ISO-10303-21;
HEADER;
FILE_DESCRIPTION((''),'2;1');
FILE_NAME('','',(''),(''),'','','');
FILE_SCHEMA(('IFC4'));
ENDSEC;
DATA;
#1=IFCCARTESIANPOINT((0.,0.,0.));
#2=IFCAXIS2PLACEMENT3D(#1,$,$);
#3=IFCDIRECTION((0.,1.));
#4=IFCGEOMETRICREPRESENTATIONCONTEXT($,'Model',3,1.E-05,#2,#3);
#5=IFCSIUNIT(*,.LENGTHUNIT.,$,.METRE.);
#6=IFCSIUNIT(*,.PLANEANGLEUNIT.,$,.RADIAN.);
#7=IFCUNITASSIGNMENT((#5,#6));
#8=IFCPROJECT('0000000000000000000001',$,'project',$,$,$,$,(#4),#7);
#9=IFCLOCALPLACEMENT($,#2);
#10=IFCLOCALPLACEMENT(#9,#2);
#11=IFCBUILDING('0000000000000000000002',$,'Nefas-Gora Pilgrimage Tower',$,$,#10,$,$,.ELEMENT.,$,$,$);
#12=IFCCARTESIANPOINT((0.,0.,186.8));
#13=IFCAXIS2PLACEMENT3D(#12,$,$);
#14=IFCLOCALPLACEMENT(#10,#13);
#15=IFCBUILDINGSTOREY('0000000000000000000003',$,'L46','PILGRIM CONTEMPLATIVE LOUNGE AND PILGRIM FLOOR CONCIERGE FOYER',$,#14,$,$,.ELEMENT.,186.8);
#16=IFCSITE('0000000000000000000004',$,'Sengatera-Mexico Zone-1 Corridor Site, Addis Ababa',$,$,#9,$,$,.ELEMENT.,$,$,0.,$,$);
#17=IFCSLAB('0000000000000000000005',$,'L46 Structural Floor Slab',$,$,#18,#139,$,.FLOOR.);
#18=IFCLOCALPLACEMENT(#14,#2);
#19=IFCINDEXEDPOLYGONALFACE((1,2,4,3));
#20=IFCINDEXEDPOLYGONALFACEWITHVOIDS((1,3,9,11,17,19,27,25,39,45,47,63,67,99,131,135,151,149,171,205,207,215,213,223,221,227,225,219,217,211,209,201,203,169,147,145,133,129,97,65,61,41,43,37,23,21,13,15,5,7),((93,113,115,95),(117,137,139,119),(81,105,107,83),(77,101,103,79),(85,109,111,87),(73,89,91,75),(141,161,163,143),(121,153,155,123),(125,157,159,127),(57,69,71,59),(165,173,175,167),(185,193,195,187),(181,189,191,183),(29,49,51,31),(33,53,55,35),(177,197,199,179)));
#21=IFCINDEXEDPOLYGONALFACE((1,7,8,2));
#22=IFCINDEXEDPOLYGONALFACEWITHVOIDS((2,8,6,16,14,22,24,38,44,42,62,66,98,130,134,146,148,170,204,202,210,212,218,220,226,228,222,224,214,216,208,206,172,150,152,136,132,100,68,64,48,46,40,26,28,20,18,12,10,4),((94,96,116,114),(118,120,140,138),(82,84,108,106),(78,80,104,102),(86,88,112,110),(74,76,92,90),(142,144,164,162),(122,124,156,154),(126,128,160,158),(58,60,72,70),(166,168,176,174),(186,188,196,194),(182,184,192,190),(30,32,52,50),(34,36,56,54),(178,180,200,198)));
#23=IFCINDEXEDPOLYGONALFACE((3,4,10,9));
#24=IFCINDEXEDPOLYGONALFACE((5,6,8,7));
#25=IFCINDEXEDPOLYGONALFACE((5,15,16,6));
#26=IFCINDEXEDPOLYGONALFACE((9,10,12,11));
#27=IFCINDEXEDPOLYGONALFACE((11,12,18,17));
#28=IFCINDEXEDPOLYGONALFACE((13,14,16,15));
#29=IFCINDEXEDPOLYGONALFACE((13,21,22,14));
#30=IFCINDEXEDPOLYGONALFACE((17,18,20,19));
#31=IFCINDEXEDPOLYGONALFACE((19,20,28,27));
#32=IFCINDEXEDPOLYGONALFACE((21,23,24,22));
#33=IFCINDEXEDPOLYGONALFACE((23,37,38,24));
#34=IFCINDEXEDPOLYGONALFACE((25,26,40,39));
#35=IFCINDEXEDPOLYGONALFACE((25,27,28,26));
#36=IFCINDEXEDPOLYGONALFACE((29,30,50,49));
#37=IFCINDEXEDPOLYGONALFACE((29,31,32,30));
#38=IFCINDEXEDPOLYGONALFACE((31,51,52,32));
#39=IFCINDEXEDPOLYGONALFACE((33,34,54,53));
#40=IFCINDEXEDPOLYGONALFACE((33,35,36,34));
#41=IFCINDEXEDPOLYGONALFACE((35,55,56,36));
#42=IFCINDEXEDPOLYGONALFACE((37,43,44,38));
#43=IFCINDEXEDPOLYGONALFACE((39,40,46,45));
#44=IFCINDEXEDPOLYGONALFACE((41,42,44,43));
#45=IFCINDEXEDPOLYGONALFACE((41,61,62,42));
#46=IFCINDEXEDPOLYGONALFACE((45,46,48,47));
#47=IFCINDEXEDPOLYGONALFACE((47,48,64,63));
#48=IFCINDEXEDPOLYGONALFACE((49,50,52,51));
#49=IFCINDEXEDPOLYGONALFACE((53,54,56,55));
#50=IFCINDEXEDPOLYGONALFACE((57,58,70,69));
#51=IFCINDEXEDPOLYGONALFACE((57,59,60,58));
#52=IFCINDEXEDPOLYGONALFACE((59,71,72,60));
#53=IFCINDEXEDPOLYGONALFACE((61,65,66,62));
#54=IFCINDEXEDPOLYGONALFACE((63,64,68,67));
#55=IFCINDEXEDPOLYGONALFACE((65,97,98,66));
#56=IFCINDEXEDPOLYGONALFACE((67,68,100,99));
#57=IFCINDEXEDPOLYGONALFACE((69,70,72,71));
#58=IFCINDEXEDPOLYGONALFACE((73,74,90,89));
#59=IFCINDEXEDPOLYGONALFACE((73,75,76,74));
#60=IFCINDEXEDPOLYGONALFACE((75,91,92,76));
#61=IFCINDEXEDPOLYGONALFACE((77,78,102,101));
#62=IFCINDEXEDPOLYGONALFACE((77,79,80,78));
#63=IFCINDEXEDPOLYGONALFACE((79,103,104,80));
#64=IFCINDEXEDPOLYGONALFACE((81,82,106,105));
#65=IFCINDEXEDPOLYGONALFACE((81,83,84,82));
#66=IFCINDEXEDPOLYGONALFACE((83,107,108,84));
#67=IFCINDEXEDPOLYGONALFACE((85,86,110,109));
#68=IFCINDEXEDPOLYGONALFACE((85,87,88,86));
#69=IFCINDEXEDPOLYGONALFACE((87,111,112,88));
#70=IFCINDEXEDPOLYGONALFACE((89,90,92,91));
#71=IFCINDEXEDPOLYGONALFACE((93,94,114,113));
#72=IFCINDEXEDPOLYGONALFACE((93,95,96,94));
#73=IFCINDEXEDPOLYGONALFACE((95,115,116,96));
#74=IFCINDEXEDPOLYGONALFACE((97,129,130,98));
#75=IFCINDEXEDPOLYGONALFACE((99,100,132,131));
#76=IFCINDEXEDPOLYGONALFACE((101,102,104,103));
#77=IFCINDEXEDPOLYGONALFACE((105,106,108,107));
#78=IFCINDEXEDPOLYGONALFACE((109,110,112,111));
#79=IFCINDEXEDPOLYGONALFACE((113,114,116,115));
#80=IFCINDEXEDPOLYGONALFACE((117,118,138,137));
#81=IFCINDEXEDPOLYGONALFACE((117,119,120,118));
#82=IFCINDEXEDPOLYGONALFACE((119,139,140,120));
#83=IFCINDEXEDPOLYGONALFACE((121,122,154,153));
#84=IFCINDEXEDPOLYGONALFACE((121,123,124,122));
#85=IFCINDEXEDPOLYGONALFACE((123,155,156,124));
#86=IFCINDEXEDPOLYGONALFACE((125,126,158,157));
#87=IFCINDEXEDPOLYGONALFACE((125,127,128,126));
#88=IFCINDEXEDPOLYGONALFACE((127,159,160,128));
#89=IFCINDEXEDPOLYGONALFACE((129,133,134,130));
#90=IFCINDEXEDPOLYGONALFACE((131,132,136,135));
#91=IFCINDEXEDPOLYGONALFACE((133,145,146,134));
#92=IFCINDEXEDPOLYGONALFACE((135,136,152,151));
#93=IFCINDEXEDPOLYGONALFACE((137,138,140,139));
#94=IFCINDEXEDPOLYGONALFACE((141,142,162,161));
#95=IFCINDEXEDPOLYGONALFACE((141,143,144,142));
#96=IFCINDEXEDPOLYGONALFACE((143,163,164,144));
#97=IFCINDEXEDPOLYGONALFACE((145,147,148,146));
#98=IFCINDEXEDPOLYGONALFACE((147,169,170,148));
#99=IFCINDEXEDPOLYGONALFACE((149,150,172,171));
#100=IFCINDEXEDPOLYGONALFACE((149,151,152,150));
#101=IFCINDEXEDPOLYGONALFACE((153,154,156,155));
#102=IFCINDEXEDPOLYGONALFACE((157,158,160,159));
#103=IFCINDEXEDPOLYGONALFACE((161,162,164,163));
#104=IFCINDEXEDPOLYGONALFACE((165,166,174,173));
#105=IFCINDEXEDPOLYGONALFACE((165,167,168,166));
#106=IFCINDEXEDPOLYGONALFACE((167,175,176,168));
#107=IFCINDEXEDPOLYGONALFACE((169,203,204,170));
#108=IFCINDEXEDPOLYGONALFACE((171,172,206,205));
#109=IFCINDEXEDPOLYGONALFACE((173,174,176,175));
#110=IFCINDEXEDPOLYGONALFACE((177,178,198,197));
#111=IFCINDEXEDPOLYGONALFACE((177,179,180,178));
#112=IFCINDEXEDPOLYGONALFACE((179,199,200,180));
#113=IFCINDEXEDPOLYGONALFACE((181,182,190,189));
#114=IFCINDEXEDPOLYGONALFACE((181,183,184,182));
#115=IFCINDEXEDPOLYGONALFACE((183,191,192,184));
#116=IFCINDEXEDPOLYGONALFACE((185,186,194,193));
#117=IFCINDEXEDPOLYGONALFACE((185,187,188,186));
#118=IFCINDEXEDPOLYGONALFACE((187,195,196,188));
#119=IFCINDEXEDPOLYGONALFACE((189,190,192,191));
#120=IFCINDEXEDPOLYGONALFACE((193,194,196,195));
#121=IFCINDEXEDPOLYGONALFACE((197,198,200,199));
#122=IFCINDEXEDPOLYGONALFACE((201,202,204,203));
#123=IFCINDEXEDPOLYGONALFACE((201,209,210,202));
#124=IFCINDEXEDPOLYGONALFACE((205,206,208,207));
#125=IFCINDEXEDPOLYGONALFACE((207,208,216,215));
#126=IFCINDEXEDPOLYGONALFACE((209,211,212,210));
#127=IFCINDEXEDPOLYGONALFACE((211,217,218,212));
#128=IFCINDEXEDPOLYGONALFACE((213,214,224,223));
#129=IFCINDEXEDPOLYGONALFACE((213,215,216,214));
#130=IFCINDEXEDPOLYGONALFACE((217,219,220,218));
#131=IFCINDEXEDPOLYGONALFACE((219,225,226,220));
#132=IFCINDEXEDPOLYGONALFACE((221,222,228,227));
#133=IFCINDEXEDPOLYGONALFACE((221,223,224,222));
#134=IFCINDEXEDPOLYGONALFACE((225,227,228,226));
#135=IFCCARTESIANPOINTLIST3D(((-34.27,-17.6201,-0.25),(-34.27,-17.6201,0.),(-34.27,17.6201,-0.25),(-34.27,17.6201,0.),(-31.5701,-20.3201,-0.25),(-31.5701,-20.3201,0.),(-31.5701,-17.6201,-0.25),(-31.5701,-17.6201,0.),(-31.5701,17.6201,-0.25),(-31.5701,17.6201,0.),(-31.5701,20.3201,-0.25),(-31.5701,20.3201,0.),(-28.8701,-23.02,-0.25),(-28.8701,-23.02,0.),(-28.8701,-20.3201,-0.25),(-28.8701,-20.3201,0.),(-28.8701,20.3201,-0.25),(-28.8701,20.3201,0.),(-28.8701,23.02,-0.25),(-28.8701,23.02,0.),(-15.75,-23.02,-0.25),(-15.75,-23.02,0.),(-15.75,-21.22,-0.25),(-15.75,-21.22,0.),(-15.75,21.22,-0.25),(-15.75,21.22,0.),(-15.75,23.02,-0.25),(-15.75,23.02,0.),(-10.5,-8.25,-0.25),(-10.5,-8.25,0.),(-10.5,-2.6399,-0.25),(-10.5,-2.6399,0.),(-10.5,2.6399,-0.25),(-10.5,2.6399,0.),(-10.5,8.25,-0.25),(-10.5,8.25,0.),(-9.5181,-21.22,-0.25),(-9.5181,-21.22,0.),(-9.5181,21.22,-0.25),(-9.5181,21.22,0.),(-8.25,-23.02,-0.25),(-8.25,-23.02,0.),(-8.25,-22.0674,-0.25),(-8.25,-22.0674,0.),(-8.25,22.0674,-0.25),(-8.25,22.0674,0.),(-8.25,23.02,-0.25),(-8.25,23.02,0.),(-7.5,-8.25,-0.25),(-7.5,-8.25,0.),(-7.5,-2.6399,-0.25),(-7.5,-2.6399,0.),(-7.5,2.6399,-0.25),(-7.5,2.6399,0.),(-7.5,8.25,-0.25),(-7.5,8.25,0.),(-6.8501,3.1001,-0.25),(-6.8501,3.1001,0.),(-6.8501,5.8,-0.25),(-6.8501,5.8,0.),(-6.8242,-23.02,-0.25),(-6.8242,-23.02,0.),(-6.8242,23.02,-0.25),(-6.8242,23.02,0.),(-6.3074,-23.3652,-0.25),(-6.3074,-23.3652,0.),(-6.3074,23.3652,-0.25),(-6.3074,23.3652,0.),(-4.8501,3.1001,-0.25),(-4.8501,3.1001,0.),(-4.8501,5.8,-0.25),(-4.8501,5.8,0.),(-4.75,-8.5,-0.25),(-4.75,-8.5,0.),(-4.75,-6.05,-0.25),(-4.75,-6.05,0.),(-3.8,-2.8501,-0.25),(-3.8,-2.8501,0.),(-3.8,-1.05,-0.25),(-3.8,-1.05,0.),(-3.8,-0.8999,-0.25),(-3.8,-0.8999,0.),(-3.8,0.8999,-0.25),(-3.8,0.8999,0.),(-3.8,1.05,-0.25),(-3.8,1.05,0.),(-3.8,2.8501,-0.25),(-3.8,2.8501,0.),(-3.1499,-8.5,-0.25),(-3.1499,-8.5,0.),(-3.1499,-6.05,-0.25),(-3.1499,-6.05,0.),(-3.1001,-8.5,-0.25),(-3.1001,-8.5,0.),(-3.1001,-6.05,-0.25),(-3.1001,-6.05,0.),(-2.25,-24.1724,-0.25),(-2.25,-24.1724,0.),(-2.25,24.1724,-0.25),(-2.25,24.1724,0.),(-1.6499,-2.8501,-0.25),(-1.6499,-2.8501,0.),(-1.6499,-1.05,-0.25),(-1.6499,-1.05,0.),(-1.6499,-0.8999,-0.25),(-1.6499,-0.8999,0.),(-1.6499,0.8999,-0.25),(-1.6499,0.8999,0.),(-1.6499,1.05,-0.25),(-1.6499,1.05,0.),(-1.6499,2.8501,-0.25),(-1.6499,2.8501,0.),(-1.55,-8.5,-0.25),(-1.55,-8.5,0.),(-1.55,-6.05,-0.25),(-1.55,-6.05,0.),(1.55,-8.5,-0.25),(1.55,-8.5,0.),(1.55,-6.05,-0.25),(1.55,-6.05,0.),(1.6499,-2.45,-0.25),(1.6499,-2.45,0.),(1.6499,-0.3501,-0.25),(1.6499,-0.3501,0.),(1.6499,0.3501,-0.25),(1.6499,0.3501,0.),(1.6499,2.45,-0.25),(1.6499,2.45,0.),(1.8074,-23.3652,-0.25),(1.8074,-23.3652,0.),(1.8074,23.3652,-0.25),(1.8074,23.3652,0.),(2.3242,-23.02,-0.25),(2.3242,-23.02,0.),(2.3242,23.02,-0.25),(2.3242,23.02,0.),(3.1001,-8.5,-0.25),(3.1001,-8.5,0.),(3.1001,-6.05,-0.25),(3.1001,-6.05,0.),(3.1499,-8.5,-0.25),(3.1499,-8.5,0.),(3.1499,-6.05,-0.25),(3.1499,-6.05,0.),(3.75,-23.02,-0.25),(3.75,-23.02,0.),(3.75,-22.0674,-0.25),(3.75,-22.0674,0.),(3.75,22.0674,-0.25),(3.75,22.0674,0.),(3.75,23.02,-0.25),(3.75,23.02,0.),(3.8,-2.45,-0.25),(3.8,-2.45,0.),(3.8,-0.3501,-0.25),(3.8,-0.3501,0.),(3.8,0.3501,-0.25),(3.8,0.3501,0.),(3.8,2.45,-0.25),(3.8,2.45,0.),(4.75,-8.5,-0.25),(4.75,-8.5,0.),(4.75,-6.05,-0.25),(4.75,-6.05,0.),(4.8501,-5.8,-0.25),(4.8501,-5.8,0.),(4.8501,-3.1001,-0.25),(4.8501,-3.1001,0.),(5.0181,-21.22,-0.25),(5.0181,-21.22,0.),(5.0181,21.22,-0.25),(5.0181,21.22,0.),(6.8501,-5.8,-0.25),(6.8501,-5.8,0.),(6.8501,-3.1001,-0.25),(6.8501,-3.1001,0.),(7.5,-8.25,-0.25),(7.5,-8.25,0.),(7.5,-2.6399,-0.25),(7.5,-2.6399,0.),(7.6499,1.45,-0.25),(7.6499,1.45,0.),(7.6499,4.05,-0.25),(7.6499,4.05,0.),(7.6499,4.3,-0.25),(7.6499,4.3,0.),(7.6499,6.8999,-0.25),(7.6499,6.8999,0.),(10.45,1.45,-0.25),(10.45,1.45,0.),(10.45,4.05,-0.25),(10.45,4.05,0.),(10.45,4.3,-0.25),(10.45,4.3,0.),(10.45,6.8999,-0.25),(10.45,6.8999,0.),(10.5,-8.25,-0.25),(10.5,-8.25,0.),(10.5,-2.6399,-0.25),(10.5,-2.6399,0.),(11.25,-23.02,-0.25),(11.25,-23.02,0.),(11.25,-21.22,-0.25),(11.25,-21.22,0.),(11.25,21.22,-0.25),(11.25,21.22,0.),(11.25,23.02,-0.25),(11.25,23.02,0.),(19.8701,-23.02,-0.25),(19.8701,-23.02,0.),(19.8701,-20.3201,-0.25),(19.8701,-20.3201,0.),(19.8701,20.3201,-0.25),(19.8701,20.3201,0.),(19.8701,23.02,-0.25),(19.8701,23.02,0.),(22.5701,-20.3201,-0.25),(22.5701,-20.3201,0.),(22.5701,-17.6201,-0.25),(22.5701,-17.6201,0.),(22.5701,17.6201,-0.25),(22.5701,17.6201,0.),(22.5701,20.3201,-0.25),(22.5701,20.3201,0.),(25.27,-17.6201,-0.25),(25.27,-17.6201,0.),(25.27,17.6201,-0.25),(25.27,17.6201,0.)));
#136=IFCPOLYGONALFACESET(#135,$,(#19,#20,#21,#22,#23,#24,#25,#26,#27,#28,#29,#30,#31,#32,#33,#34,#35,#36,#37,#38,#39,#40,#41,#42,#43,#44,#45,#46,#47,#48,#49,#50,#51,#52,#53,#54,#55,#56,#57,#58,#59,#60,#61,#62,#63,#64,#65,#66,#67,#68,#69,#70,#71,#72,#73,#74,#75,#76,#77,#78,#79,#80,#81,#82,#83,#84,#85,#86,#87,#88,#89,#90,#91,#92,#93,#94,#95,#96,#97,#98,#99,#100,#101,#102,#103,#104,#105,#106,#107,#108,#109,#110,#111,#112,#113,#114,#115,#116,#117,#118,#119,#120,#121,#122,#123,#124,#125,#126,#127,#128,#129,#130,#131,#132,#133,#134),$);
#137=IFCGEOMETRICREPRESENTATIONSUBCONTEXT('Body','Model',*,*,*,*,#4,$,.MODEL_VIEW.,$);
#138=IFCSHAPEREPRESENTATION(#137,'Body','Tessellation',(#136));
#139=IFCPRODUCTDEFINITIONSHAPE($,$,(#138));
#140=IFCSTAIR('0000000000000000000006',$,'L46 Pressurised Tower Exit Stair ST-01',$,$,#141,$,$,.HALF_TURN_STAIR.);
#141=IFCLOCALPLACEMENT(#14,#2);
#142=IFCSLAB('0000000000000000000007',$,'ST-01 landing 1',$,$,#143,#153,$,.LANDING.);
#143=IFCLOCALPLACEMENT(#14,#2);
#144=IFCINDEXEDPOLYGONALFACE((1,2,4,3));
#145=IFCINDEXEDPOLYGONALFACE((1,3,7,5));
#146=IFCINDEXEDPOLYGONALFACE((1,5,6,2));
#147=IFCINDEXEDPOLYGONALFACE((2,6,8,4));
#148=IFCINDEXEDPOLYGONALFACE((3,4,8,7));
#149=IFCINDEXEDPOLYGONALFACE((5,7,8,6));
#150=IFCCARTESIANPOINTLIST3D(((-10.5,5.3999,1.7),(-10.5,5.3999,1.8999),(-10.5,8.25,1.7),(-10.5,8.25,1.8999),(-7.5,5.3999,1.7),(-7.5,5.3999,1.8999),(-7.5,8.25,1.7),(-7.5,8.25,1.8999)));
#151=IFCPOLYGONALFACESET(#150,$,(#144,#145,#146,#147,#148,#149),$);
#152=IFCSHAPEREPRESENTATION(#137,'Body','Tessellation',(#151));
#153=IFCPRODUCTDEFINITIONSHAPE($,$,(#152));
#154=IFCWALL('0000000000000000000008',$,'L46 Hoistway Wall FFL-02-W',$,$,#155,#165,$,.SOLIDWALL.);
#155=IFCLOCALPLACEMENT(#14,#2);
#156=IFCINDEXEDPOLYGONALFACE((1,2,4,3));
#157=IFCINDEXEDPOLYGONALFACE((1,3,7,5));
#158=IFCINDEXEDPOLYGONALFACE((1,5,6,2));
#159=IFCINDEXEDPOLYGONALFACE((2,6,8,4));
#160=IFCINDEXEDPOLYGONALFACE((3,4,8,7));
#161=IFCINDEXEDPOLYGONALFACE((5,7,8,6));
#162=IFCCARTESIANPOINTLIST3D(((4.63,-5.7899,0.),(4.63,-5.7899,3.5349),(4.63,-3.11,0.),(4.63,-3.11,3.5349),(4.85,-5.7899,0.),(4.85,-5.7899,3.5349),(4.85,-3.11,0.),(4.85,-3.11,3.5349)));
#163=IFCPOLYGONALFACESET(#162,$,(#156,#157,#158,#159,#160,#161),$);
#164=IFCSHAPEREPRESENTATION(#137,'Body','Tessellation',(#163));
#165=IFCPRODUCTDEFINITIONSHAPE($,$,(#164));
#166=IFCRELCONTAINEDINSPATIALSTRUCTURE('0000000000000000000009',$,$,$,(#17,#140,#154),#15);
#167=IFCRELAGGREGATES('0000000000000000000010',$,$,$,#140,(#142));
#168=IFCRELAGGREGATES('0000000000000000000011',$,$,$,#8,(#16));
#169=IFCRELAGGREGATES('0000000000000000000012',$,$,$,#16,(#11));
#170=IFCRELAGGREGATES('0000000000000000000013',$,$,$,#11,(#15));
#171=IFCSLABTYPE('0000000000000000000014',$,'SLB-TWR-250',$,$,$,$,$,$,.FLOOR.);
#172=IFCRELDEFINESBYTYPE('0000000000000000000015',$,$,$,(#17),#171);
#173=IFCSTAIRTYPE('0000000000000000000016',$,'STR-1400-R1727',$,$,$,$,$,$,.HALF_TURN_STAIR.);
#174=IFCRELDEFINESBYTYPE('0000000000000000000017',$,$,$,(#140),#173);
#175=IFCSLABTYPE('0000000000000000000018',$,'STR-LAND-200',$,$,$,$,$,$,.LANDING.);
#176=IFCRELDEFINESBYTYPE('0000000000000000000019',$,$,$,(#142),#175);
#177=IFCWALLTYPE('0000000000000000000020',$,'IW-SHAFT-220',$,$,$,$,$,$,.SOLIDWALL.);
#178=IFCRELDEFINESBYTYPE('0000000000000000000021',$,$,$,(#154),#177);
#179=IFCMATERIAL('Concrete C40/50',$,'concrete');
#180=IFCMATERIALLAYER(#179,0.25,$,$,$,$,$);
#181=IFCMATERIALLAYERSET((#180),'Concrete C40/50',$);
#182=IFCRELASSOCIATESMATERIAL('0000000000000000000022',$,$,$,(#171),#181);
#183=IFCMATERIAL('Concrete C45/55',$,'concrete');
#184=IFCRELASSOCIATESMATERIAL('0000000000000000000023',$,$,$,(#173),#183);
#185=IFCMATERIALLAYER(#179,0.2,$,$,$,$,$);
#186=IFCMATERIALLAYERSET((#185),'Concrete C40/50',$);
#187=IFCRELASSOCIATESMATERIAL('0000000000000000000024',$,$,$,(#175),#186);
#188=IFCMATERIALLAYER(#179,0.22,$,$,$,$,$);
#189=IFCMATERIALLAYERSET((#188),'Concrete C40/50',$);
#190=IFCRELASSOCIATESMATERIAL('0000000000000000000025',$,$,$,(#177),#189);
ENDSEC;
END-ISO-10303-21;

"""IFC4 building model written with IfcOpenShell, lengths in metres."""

from ifc_helpers import new_model, si_unit, direction, frame, frame_2d, origin, place, context, subcontext, project, spatial, polyline, rectangle, outline, extrude, source, transform, mapped, material, layer, layer_set, type_object, element, aggregate, save


model = new_model("IFC4")

# Units and contexts
model_context = context("Model", 3, precision=1e-05, world=origin(), true_north=direction((0.0, 1.0)))
body_context = subcontext(model_context, "Body", "Model", "MODEL_VIEW")
ifc_project = project(units=[si_unit("LENGTHUNIT", "METRE"), si_unit("PLANEANGLEUNIT", "RADIAN")], contexts=[model_context])

# Site, building, storey
site_placement = place(None, origin())
site = spatial("IfcSite", under=ifc_project, at=site_placement, Name="Sengatera-Mexico Zone-1 Corridor Site, Addis Ababa", CompositionType="ELEMENT", RefElevation=0.0)
building_placement = place(site_placement, origin())
building = spatial("IfcBuilding", under=site, at=building_placement, Name="Nefas-Gora Pilgrimage Tower", CompositionType="ELEMENT")
storey_placement = place(building_placement, frame((0.0, 0.0, 186.8)))
storey = spatial("IfcBuildingStorey", under=building, at=storey_placement, Name="L46", Description="PILGRIM CONTEMPLATIVE LOUNGE AND PILGRIM FLOOR CONCIERGE FOYER", CompositionType="ELEMENT", Elevation=186.8)

# Slab
ifc_material_1 = material(Name="Concrete C40/50", Category="concrete")
ifc_layer_1 = layer(ifc_material_1, 0.25)
ifc_layer_set_1 = layer_set([ifc_layer_1], Name="Concrete C40/50")
slab_type_1 = type_object("IfcSlabType", Name="SLB-TWR-250", PredefinedType="FLOOR", material=ifc_layer_set_1)
slab_1_placement = place(storey_placement, frame((0.0, 0.0, -0.25)))
element("IfcSlab", 1, at=slab_1_placement, inside=storey, type_object=slab_type_1, Name="L46 Structural Floor Slab", PredefinedType="FLOOR", context=body_context, shape_type="SweptSolid", body=[
    extrude(outline(polyline([(5.0181, -21.22), (11.25, -21.22), (11.25, -23.02), (19.8701, -23.02), (19.8701, -20.3201), (22.5701, -20.3201), (22.5701, -17.6201), (25.27, -17.6201), (25.27, 17.6201), (22.5701, 17.6201), (22.5701, 20.3201), (19.8701, 20.3201), (19.8701, 23.02), (11.25, 23.02), (11.25, 21.22), (5.0181, 21.22), (3.75, 22.0674), (3.75, 23.02), (2.3242, 23.02), (1.8074, 23.3652), (-2.25, 24.1724), (-6.3074, 23.3652), (-6.8242, 23.02), (-8.25, 23.02), (-8.25, 22.0674), (-9.5181, 21.22), (-15.75, 21.22), (-15.75, 23.02), (-28.8701, 23.02), (-28.8701, 20.3201), (-31.5701, 20.3201), (-31.5701, 17.6201), (-34.27, 17.6201), (-34.27, -17.6201), (-31.5701, -17.6201), (-31.5701, -20.3201), (-28.8701, -20.3201), (-28.8701, -23.02), (-15.75, -23.02), (-15.75, -21.22), (-9.5181, -21.22), (-8.25, -22.0674), (-8.25, -23.02), (-6.8242, -23.02), (-6.3074, -23.3652), (-2.25, -24.1724), (1.8074, -23.3652), (2.3242, -23.02), (3.75, -23.02), (3.75, -22.0674), (5.0181, -21.22)]), holes=[polyline([(-10.5, 2.6399), (-10.5, 8.25), (-7.5, 8.25), (-7.5, 2.6399), (-10.5, 2.6399)]), polyline([(10.5, -2.6399), (10.5, -8.25), (7.5, -8.25), (7.5, -2.6399), (10.5, -2.6399)]), polyline([(-7.5, -2.6399), (-7.5, -8.25), (-10.5, -8.25), (-10.5, -2.6399), (-7.5, -2.6399)]), polyline([(-6.8501, 5.8), (-4.8501, 5.8), (-4.8501, 3.1001), (-6.8501, 3.1001), (-6.8501, 5.8)]), polyline([(4.8501, -3.1001), (6.8501, -3.1001), (6.8501, -5.8), (4.8501, -5.8), (4.8501, -3.1001)]), polyline([(7.6499, 4.05), (10.45, 4.05), (10.45, 1.45), (7.6499, 1.45), (7.6499, 4.05)]), polyline([(7.6499, 6.8999), (10.45, 6.8999), (10.45, 4.3), (7.6499, 4.3), (7.6499, 6.8999)]), polyline([(-4.75, -6.05), (-3.1499, -6.05), (-3.1499, -8.5), (-4.75, -8.5), (-4.75, -6.05)]), polyline([(-3.1001, -6.05), (-1.55, -6.05), (-1.55, -8.5), (-3.1001, -8.5), (-3.1001, -6.05)]), polyline([(1.55, -6.05), (3.1001, -6.05), (3.1001, -8.5), (1.55, -8.5), (1.55, -6.05)]), polyline([(3.1499, -6.05), (4.75, -6.05), (4.75, -8.5), (3.1499, -8.5), (3.1499, -6.05)]), polyline([(-3.8, -1.05), (-1.6499, -1.05), (-1.6499, -2.8501), (-3.8, -2.8501), (-3.8, -1.05)]), polyline([(-3.8, 0.8999), (-1.6499, 0.8999), (-1.6499, -0.8999), (-3.8, -0.8999), (-3.8, 0.8999)]), polyline([(-3.8, 2.8501), (-1.6499, 2.8501), (-1.6499, 1.05), (-3.8, 1.05), (-3.8, 2.8501)]), polyline([(1.6499, -0.3501), (3.8, -0.3501), (3.8, -2.45), (1.6499, -2.45), (1.6499, -0.3501)]), polyline([(1.6499, 2.45), (3.8, 2.45), (3.8, 0.3501), (1.6499, 0.3501), (1.6499, 2.45)])]), origin(), (0.0, 0.0, 1.0), 0.25),
])

# Stair, slab
ifc_material_2 = material(Name="Concrete C45/55", Category="concrete")
stair_type = type_object("IfcStairType", Name="STR-1400-R1727", PredefinedType="HALF_TURN_STAIR", material=ifc_material_2)
stair_placement = place(storey_placement, origin())
stair = element("IfcStair", 2, at=stair_placement, inside=storey, type_object=stair_type, Name="L46 Pressurised Tower Exit Stair ST-01", PredefinedType="HALF_TURN_STAIR")
ifc_layer_2 = layer(ifc_material_1, 0.2)
ifc_layer_set_2 = layer_set([ifc_layer_2], Name="Concrete C40/50")
slab_type_2 = type_object("IfcSlabType", Name="STR-LAND-200", PredefinedType="LANDING", material=ifc_layer_set_2)
slab_2_placement = place(storey_placement, frame((0.0, 0.0, 1.7)))
slab_2 = element("IfcSlab", 3, at=slab_2_placement, type_object=slab_type_2, Name="ST-01 landing 1", PredefinedType="LANDING", context=body_context, shape_type="SweptSolid", body=[
    extrude(outline(polyline([(-7.5, 5.3999), (-7.5, 8.25), (-10.5, 8.25), (-10.5, 5.3999), (-7.5, 5.3999)])), origin(), (0.0, 0.0, 1.0), 0.2),
])
aggregate(stair, [slab_2])

# Wall
ifc_layer_3 = layer(ifc_material_1, 0.22)
ifc_layer_set_3 = layer_set([ifc_layer_3], Name="Concrete C40/50")
wall_type_1 = type_object("IfcWallType", Name="IW-SHAFT-220", PredefinedType="SOLIDWALL", material=ifc_layer_set_3)
shared_shape_1 = source(origin(), body_context, "Body", "SweptSolid", [
    extrude(rectangle(XDim=2.6799, YDim=0.22, at=frame_2d((1.3398, 0.0))), origin(), (0.0, 0.0, 1.0), 3.5349),
])
wall_1_placement = place(storey_placement, frame((4.74, -3.1101, 0.0), z_axis=(0.0, 0.0, 1.0), x_axis=(0.0, -1.0, 0.0)))
element("IfcWall", 4, at=wall_1_placement, inside=storey, type_object=wall_type_1, Name="L46 Hoistway Wall FFL-02-W", PredefinedType="SOLIDWALL", context=body_context, shape_type="MappedRepresentation", body=[
    mapped(shared_shape_1, transform((0.0, 0.0, 0.0), x_axis=(1.0, 0.0, 0.0), y_axis=(0.0, 1.0, 0.0), z_axis=(0.0, 0.0, 1.0), scale=1.0)),
])

save(model, "model.ifc")
